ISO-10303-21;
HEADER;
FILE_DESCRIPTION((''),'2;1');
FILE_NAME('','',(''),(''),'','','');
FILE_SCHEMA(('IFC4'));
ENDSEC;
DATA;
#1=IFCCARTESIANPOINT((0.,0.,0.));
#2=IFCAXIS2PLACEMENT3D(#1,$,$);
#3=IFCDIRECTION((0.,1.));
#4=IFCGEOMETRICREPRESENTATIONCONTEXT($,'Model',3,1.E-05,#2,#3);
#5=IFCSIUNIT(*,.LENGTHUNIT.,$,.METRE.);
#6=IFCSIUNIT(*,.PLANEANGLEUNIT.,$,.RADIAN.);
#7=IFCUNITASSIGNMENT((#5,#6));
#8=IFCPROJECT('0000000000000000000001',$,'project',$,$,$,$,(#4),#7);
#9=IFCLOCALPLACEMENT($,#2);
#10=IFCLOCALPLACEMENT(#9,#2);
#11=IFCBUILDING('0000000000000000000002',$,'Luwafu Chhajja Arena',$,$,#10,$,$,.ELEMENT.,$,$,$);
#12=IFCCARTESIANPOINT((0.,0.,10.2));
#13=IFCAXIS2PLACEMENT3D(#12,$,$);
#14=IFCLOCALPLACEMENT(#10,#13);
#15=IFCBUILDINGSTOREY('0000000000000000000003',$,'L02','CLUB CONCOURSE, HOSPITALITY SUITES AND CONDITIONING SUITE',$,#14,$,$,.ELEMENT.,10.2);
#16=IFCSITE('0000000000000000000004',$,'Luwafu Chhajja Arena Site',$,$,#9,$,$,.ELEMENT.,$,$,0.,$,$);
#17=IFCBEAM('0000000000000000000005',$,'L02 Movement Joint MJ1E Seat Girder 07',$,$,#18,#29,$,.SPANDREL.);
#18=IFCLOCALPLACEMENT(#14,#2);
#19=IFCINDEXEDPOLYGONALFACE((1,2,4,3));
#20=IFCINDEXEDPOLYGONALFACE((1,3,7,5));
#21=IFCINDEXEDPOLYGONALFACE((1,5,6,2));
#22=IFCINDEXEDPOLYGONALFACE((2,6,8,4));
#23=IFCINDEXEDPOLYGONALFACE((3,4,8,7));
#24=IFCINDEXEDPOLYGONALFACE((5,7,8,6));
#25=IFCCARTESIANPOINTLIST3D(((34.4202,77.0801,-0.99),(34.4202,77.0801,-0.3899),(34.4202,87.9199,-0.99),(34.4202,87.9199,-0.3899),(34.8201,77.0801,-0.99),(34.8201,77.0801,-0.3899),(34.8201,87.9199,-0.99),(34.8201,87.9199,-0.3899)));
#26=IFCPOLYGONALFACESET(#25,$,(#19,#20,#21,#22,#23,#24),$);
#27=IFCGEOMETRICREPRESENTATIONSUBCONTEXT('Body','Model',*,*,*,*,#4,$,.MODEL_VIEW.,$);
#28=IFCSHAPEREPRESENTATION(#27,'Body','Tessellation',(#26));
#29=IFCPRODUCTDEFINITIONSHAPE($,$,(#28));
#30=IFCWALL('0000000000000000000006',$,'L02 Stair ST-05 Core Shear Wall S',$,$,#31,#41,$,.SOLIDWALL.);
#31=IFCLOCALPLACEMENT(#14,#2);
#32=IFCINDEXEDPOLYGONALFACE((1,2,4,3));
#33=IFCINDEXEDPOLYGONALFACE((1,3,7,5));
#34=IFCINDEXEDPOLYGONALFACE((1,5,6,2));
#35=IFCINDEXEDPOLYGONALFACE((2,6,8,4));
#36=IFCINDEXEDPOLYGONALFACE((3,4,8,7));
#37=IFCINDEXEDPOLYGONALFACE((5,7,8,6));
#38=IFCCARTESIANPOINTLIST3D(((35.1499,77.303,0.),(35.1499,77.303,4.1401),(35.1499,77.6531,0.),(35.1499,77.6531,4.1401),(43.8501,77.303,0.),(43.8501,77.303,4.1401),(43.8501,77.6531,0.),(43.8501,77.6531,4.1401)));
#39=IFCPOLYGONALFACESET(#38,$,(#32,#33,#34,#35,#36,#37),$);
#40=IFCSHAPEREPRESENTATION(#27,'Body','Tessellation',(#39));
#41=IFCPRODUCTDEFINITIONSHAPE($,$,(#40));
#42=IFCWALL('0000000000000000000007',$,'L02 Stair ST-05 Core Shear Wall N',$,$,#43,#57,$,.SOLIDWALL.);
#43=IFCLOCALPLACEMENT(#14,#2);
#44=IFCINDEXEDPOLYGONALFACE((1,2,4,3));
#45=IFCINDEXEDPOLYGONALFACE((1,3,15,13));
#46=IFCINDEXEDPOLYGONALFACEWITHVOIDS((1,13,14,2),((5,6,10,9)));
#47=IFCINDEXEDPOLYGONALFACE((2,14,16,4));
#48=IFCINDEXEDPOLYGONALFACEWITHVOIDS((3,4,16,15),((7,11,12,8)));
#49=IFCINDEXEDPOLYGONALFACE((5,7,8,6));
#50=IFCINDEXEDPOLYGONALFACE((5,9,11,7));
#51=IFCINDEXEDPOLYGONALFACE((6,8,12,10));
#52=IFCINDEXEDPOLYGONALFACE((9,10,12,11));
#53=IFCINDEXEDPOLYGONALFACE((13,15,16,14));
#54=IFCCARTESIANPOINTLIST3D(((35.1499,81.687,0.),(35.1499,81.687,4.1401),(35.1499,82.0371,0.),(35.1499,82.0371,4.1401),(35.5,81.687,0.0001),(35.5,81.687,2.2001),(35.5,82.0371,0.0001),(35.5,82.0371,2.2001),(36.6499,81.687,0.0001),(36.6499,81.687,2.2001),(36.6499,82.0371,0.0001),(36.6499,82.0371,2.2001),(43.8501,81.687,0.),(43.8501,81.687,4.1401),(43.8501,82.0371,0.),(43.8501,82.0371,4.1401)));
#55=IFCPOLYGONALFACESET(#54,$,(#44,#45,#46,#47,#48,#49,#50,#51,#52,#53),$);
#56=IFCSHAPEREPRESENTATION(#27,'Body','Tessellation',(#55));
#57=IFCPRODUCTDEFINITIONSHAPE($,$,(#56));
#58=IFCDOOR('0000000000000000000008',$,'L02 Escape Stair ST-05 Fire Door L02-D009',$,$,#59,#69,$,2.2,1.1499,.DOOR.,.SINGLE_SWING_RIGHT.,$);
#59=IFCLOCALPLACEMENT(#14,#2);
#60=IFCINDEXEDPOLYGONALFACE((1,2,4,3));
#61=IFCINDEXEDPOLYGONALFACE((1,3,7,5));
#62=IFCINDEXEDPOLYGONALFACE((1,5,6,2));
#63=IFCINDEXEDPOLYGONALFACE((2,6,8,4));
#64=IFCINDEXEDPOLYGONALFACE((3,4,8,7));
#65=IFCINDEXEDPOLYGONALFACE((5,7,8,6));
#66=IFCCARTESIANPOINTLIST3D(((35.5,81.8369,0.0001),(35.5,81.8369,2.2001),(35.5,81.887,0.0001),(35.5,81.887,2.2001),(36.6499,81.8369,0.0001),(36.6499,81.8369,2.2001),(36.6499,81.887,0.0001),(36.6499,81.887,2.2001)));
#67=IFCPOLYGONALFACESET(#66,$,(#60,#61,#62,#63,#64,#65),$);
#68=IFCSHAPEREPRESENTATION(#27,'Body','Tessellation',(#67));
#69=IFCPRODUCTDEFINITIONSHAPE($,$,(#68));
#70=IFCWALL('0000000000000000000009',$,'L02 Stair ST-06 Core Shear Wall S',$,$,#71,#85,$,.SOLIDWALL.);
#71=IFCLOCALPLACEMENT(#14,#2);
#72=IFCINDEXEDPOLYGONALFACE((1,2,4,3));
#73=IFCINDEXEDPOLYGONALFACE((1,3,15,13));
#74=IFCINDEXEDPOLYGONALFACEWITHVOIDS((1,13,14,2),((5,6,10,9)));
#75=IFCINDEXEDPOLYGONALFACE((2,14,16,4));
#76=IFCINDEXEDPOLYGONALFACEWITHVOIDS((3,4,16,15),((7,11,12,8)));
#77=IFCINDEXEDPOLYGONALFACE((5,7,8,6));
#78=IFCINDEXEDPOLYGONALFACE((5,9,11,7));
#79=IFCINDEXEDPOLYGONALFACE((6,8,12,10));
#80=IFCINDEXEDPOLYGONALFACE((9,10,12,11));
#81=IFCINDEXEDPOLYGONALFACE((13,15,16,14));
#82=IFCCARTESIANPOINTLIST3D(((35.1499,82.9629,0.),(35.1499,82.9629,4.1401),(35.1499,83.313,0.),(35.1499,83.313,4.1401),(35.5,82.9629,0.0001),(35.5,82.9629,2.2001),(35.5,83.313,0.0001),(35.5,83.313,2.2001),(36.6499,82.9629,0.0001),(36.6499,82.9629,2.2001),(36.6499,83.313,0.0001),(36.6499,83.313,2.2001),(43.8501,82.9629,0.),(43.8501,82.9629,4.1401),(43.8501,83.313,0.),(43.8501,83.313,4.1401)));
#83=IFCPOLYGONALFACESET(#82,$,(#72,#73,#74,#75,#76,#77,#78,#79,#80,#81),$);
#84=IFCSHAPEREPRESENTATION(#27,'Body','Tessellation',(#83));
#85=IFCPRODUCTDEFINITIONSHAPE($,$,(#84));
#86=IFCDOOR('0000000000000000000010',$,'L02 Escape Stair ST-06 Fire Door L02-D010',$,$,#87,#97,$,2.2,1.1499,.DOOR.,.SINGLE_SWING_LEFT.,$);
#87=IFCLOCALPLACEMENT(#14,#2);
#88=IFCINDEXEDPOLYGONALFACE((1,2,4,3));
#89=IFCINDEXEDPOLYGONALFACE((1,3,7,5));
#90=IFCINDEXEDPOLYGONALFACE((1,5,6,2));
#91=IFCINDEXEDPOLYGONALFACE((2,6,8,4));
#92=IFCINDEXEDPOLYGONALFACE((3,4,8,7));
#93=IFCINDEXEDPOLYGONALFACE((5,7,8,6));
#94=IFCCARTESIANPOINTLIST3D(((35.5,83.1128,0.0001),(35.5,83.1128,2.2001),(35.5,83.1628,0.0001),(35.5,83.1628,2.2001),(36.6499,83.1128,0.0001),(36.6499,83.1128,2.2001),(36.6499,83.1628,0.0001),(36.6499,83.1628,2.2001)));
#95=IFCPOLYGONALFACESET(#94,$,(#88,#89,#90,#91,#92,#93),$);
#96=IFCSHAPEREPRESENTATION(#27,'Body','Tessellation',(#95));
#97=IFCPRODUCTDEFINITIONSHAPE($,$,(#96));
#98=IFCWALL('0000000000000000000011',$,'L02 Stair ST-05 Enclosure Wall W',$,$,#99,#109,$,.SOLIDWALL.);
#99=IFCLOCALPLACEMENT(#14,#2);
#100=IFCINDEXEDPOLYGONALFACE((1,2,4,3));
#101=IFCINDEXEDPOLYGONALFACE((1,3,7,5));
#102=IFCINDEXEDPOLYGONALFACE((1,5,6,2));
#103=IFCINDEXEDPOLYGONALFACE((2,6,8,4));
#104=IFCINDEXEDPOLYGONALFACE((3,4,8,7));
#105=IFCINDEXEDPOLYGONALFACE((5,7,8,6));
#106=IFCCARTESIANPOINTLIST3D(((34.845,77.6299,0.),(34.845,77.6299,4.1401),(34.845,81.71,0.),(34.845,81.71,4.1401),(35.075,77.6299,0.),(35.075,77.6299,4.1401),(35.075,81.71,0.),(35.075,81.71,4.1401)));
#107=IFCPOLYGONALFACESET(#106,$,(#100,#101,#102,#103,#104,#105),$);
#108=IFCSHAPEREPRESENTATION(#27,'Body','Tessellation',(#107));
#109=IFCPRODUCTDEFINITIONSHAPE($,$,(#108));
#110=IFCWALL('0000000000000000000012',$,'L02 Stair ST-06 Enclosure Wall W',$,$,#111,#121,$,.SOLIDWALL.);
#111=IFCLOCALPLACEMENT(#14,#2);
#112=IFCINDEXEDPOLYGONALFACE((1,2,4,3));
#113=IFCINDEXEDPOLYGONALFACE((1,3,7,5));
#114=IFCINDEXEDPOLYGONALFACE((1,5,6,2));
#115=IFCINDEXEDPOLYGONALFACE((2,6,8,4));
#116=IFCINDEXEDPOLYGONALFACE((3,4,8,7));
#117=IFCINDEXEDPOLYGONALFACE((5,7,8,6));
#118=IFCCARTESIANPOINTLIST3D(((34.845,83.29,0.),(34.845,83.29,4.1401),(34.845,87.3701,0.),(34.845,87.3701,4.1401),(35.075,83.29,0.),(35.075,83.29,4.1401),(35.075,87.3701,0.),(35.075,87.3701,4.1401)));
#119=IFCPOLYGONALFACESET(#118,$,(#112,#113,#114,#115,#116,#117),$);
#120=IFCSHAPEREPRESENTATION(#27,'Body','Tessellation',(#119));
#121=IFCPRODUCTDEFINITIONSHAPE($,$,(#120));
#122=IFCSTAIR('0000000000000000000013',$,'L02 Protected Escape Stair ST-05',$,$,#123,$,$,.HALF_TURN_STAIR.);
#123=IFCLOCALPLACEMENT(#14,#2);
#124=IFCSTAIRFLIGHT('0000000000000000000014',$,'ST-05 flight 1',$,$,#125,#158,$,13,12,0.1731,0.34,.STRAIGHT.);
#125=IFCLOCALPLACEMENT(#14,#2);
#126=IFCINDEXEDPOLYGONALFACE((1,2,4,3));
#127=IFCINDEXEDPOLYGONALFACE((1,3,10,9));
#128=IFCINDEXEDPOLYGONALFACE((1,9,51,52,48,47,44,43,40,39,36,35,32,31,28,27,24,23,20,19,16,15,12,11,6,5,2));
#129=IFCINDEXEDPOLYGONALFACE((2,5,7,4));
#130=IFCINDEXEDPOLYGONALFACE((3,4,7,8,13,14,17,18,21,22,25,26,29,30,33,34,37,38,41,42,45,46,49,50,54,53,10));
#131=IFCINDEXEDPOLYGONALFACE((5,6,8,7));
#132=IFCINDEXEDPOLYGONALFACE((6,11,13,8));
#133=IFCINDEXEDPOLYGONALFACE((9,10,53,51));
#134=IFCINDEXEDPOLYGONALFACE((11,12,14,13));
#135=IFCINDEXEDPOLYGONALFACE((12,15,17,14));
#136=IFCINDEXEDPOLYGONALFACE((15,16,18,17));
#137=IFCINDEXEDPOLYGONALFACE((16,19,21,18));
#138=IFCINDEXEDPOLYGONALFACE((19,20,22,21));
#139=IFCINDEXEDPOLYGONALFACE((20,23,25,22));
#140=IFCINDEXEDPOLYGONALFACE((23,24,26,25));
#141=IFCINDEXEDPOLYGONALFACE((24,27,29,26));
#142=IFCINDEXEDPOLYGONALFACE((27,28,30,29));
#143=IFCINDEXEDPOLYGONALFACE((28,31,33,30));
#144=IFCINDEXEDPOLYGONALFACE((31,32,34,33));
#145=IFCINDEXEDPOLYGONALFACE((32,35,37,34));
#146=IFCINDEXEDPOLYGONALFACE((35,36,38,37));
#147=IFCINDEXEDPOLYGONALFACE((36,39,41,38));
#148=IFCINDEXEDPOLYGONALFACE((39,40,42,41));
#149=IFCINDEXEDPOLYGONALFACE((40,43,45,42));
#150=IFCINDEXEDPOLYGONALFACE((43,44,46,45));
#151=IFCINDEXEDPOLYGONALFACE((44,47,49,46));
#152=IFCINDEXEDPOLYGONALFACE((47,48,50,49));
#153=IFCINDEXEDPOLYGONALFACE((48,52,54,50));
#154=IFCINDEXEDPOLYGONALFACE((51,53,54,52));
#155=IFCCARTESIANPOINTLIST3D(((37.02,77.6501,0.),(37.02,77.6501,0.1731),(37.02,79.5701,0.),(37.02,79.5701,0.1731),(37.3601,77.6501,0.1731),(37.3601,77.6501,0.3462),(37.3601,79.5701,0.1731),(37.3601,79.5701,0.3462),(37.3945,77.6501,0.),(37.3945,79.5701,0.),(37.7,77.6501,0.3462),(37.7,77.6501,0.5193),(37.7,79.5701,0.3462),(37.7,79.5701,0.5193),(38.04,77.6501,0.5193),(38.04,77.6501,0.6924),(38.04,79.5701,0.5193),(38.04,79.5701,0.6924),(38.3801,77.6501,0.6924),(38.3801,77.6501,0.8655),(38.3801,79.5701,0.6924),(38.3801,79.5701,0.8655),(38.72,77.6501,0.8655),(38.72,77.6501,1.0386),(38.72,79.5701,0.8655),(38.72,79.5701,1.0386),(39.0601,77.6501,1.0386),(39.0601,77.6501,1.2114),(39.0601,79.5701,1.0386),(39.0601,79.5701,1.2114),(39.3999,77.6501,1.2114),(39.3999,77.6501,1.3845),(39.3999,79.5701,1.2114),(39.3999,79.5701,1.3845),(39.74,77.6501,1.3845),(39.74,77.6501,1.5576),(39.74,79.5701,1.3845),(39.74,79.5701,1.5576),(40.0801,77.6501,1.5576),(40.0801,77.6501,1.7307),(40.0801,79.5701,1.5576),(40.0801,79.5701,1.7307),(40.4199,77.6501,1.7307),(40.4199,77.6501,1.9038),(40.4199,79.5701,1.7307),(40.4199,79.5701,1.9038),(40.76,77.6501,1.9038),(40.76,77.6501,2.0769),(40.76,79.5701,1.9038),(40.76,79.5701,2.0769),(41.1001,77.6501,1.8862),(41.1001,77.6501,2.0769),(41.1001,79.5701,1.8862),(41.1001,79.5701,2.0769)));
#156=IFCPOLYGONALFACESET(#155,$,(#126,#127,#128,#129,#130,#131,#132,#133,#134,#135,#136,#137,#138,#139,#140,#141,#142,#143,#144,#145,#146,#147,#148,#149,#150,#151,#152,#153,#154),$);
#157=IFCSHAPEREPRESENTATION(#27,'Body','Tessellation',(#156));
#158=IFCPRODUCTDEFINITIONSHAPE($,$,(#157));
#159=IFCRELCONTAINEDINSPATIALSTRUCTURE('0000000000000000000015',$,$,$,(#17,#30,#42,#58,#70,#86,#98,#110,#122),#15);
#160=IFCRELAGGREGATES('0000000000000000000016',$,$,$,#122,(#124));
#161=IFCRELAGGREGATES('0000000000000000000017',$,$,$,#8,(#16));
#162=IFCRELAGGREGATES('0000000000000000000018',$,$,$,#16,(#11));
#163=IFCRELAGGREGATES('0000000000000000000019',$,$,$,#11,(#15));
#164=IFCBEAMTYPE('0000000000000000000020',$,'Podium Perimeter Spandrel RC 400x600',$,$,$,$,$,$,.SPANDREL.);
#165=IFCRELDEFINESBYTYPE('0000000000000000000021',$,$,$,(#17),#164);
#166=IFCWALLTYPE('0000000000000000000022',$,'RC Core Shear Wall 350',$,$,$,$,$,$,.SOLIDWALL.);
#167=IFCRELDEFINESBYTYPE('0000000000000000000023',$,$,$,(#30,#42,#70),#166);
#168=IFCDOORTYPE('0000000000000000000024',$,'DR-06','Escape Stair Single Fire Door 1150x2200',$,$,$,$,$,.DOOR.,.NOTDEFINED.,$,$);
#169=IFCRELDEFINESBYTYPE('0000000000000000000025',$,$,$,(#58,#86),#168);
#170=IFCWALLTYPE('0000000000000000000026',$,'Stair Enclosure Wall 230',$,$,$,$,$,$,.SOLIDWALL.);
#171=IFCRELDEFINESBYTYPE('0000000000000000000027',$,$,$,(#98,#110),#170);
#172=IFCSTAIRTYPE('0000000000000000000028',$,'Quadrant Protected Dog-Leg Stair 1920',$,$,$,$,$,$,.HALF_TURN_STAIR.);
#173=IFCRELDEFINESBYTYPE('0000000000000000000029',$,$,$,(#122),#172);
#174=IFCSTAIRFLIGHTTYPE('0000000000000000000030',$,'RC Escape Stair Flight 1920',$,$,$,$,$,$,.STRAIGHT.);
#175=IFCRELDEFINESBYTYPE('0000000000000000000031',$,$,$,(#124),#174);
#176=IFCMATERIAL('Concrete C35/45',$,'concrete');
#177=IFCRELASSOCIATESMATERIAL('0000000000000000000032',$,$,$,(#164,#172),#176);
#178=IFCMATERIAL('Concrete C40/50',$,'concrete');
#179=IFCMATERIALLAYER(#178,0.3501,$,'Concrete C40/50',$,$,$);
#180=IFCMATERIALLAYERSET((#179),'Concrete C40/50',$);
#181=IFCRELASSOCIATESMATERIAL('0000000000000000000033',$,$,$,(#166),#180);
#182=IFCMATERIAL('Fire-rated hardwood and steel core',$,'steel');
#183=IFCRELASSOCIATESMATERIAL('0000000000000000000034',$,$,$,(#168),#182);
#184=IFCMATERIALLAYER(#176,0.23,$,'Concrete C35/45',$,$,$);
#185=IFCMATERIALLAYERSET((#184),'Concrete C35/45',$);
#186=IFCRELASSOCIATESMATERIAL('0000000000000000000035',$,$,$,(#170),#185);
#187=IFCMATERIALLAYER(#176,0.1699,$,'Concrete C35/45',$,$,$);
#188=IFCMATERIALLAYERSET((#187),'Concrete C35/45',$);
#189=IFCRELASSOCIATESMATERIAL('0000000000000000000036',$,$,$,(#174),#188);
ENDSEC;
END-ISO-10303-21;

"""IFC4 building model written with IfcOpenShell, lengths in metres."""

from ifc_helpers import new_model, si_unit, direction, frame, frame_2d, origin, origin_2d, place, context, subcontext, project, spatial, polyline, rectangle, outline, extrude, material, layer, layer_set, material_profile, profile_set, type_object, element, fill, aggregate, save


model = new_model("IFC4")

# Units and contexts
model_context = context("Model", 3, precision=1e-05, world=origin(), true_north=direction((0.0, 1.0)))
body_context = subcontext(model_context, "Body", "Model", "MODEL_VIEW")
ifc_project = project(units=[si_unit("LENGTHUNIT", "METRE"), si_unit("PLANEANGLEUNIT", "RADIAN")], contexts=[model_context])

# Site, building, storey
site_placement = place(None, origin())
site = spatial("IfcSite", under=ifc_project, at=site_placement, Name="Luwafu Chhajja Arena Site", CompositionType="ELEMENT", RefElevation=0.0)
building_placement = place(site_placement, origin())
building = spatial("IfcBuilding", under=site, at=building_placement, Name="Luwafu Chhajja Arena", CompositionType="ELEMENT")
storey_placement = place(building_placement, frame((0.0, 0.0, 10.2)))
storey = spatial("IfcBuildingStorey", under=building, at=storey_placement, Name="L02", Description="CLUB CONCOURSE, HOSPITALITY SUITES AND CONDITIONING SUITE", CompositionType="ELEMENT", Elevation=10.2)

# Beam
ifc_material_1 = material(Name="Concrete C35/45", Category="concrete")
ifc_material_profile = material_profile(ifc_material_1, rectangle(XDim=0.3999, YDim=0.6001, at=origin_2d()), Name="RC 400x600")
ifc_profile_set = profile_set([ifc_material_profile], Name="Concrete C35/45")
beam_type = type_object("IfcBeamType", Name="Podium Perimeter Spandrel RC 400x600", PredefinedType="SPANDREL", material=ifc_profile_set)
beam_placement = place(storey_placement, frame((34.6201, 77.0801, -0.6899), z_axis=(0.0, 1.0, 0.0), x_axis=(-1.0, 0.0, 0.0)))
element("IfcBeam", 1, at=beam_placement, inside=storey, type_object=beam_type, Name="L02 Movement Joint MJ1E Seat Girder 07", PredefinedType="SPANDREL", context=body_context, shape_type="SweptSolid", body=[
    extrude(rectangle(XDim=0.3999, YDim=0.6001, at=origin_2d()), origin(), (0.0, 0.0, 1.0), 10.8398),
])

# Wall
ifc_material_2 = material(Name="Concrete C40/50", Category="concrete")
ifc_layer_1 = layer(ifc_material_2, 0.3501, Name="Concrete C40/50")
ifc_layer_set_1 = layer_set([ifc_layer_1], Name="Concrete C40/50")
wall_type_1 = type_object("IfcWallType", Name="RC Core Shear Wall 350", PredefinedType="SOLIDWALL", material=ifc_layer_set_1)
wall_1_placement = place(storey_placement, frame((35.1499, 77.478, 0.0), z_axis=(0.0, 0.0, 1.0), x_axis=(1.0, 0.0, 0.0)))
element("IfcWall", 2, at=wall_1_placement, inside=storey, type_object=wall_type_1, Name="L02 Stair ST-05 Core Shear Wall S", PredefinedType="SOLIDWALL", context=body_context, shape_type="SweptSolid", body=[
    extrude(rectangle(XDim=8.7002, YDim=0.3501, at=frame_2d((4.3501, 0.0))), origin(), (0.0, 0.0, 1.0), 4.1401),
])

# Walls, openings, doors
wall_2_placement = place(storey_placement, frame((35.1499, 81.8621, 0.0), z_axis=(0.0, 0.0, 1.0), x_axis=(1.0, 0.0, 0.0)))
wall_2 = element("IfcWall", 3, at=wall_2_placement, inside=storey, type_object=wall_type_1, Name="L02 Stair ST-05 Core Shear Wall N", PredefinedType="SOLIDWALL", context=body_context, shape_type="SweptSolid", body=[
    extrude(rectangle(XDim=8.7002, YDim=0.3501, at=frame_2d((4.3501, 0.0))), origin(), (0.0, 0.0, 1.0), 4.1401),
])
opening_1_placement = place(wall_2_placement, frame((0.3501, 0.0, 0.0)))
opening_1 = element("IfcOpeningElement", 4, at=opening_1_placement, cuts=wall_2, PredefinedType="OPENING", context=body_context, shape_type="SweptSolid", body=[
    extrude(rectangle(XDim=1.1499, YDim=2.2, at=frame_2d((0.575, 1.1001))), frame((0.0, 0.1851, 0.0), z_axis=(0.0, -1.0, 0.0), x_axis=(1.0, 0.0, 0.0)), (0.0, 0.0, 1.0), 0.3701),
])
ifc_material_3 = material(Name="Fire-rated hardwood and steel core", Category="steel")
door_type = type_object("IfcDoorType", Name="DR-06", Description="Escape Stair Single Fire Door 1150x2200", OperationType="NOTDEFINED", PredefinedType="DOOR", material=ifc_material_3)
door_1_placement = place(opening_1_placement, origin())
door_1 = element("IfcDoor", 5, at=door_1_placement, inside=storey, type_object=door_type, Name="L02 Escape Stair ST-05 Fire Door L02-D009", OperationType="SINGLE_SWING_RIGHT", OverallHeight=2.2, OverallWidth=1.1499, PredefinedType="DOOR", context=body_context, shape_type="SweptSolid", body=[
    extrude(rectangle(XDim=1.1499, YDim=2.2, at=frame_2d((0.575, 1.1001))), frame((0.0, 0.0249, 0.0), z_axis=(0.0, -1.0, 0.0), x_axis=(1.0, 0.0, 0.0)), (0.0, 0.0, 1.0), 0.05),
])
fill(opening_1, door_1)
wall_3_placement = place(storey_placement, frame((35.1499, 83.1379, 0.0), z_axis=(0.0, 0.0, 1.0), x_axis=(1.0, 0.0, 0.0)))
wall_3 = element("IfcWall", 6, at=wall_3_placement, inside=storey, type_object=wall_type_1, Name="L02 Stair ST-06 Core Shear Wall S", PredefinedType="SOLIDWALL", context=body_context, shape_type="SweptSolid", body=[
    extrude(rectangle(XDim=8.7002, YDim=0.3501, at=frame_2d((4.3501, 0.0))), origin(), (0.0, 0.0, 1.0), 4.1401),
])
opening_2_placement = place(wall_3_placement, frame((0.3501, 0.0, 0.0)))
opening_2 = element("IfcOpeningElement", 7, at=opening_2_placement, cuts=wall_3, PredefinedType="OPENING", context=body_context, shape_type="SweptSolid", body=[
    extrude(rectangle(XDim=1.1499, YDim=2.2, at=frame_2d((0.575, 1.1001))), frame((0.0, 0.1851, 0.0), z_axis=(0.0, -1.0, 0.0), x_axis=(1.0, 0.0, 0.0)), (0.0, 0.0, 1.0), 0.3701),
])
door_2_placement = place(opening_2_placement, origin())
door_2 = element("IfcDoor", 8, at=door_2_placement, inside=storey, type_object=door_type, Name="L02 Escape Stair ST-06 Fire Door L02-D010", OperationType="SINGLE_SWING_LEFT", OverallHeight=2.2, OverallWidth=1.1499, PredefinedType="DOOR", context=body_context, shape_type="SweptSolid", body=[
    extrude(rectangle(XDim=1.1499, YDim=2.2, at=frame_2d((0.575, 1.1001))), frame((0.0, 0.0249, 0.0), z_axis=(0.0, -1.0, 0.0), x_axis=(1.0, 0.0, 0.0)), (0.0, 0.0, 1.0), 0.05),
])
fill(opening_2, door_2)

# Walls
ifc_layer_2 = layer(ifc_material_1, 0.23, Name="Concrete C35/45")
ifc_layer_set_2 = layer_set([ifc_layer_2], Name="Concrete C35/45")
wall_type_2 = type_object("IfcWallType", Name="Stair Enclosure Wall 230", PredefinedType="SOLIDWALL", material=ifc_layer_set_2)
for number, where, z_axis, x_axis, name in (
    (9, (34.96, 77.6299, 0.0), (0.0, 0.0, 1.0), (0.0, 1.0, 0.0), "L02 Stair ST-05 Enclosure Wall W"),
    (10, (34.96, 83.29, 0.0), (0.0, 0.0, 1.0), (0.0, 1.0, 0.0), "L02 Stair ST-06 Enclosure Wall W"),
):
    element("IfcWall", number, at=place(storey_placement, frame(where, z_axis=z_axis, x_axis=x_axis)), inside=storey, type_object=wall_type_2, Name=name, PredefinedType="SOLIDWALL", context=body_context, shape_type="SweptSolid", body=[
        extrude(rectangle(XDim=4.0801, YDim=0.23, at=frame_2d((2.04, 0.0))), origin(), (0.0, 0.0, 1.0), 4.1401),
    ])

# Stair, stair flight
stair_type = type_object("IfcStairType", Name="Quadrant Protected Dog-Leg Stair 1920", PredefinedType="HALF_TURN_STAIR", material=ifc_material_1)
stair_1_placement = place(storey_placement, origin())
stair_1 = element("IfcStair", 11, at=stair_1_placement, inside=storey, type_object=stair_type, Name="L02 Protected Escape Stair ST-05", PredefinedType="HALF_TURN_STAIR")
ifc_layer_3 = layer(ifc_material_1, 0.1699, Name="Concrete C35/45")
ifc_layer_set_3 = layer_set([ifc_layer_3], Name="Concrete C35/45")
stair_flight_type = type_object("IfcStairFlightType", Name="RC Escape Stair Flight 1920", PredefinedType="STRAIGHT", material=ifc_layer_set_3)
stair_flight_1_placement = place(storey_placement, frame((37.02, 78.6101, 0.0), z_axis=(0.0, 0.0, 1.0), x_axis=(1.0, 0.0, 0.0)))
stair_flight_1 = element("IfcStairFlight", 12, at=stair_flight_1_placement, type_object=stair_flight_type, Name="ST-05 flight 1", NumberOfRisers=13, NumberOfTreads=12, PredefinedType="STRAIGHT", RiserHeight=0.1731, TreadLength=0.34, context=body_context, shape_type="SweptSolid", body=[
    extrude(outline(polyline([(0.0, 0.0), (0.0, 0.1731), (0.3401, 0.1731), (0.3401, 0.3462), (0.6799, 0.3462), (0.6799, 0.5193), (1.02, 0.5193), (1.02, 0.6924), (1.3601, 0.6924), (1.3601, 0.8655), (1.7, 0.8655), (1.7, 1.0386), (2.04, 1.0386), (2.04, 1.2114), (2.3799, 1.2114), (2.3799, 1.3845), (2.72, 1.3845), (2.72, 1.5576), (3.0601, 1.5576), (3.0601, 1.7307), (3.3999, 1.7307), (3.3999, 1.9038), (3.74, 1.9038), (3.74, 2.0769), (4.0801, 2.0769), (4.0801, 2.25), (4.0801, 1.8862), (0.3745, 0.0), (0.0, 0.0)])), frame((0.0, 0.96, 0.0), z_axis=(0.0, -1.0, 0.0), x_axis=(1.0, 0.0, 0.0)), (0.0, 0.0, 1.0), 1.9199),
])
aggregate(stair_1, [stair_flight_1])

save(model, "model.ifc")
